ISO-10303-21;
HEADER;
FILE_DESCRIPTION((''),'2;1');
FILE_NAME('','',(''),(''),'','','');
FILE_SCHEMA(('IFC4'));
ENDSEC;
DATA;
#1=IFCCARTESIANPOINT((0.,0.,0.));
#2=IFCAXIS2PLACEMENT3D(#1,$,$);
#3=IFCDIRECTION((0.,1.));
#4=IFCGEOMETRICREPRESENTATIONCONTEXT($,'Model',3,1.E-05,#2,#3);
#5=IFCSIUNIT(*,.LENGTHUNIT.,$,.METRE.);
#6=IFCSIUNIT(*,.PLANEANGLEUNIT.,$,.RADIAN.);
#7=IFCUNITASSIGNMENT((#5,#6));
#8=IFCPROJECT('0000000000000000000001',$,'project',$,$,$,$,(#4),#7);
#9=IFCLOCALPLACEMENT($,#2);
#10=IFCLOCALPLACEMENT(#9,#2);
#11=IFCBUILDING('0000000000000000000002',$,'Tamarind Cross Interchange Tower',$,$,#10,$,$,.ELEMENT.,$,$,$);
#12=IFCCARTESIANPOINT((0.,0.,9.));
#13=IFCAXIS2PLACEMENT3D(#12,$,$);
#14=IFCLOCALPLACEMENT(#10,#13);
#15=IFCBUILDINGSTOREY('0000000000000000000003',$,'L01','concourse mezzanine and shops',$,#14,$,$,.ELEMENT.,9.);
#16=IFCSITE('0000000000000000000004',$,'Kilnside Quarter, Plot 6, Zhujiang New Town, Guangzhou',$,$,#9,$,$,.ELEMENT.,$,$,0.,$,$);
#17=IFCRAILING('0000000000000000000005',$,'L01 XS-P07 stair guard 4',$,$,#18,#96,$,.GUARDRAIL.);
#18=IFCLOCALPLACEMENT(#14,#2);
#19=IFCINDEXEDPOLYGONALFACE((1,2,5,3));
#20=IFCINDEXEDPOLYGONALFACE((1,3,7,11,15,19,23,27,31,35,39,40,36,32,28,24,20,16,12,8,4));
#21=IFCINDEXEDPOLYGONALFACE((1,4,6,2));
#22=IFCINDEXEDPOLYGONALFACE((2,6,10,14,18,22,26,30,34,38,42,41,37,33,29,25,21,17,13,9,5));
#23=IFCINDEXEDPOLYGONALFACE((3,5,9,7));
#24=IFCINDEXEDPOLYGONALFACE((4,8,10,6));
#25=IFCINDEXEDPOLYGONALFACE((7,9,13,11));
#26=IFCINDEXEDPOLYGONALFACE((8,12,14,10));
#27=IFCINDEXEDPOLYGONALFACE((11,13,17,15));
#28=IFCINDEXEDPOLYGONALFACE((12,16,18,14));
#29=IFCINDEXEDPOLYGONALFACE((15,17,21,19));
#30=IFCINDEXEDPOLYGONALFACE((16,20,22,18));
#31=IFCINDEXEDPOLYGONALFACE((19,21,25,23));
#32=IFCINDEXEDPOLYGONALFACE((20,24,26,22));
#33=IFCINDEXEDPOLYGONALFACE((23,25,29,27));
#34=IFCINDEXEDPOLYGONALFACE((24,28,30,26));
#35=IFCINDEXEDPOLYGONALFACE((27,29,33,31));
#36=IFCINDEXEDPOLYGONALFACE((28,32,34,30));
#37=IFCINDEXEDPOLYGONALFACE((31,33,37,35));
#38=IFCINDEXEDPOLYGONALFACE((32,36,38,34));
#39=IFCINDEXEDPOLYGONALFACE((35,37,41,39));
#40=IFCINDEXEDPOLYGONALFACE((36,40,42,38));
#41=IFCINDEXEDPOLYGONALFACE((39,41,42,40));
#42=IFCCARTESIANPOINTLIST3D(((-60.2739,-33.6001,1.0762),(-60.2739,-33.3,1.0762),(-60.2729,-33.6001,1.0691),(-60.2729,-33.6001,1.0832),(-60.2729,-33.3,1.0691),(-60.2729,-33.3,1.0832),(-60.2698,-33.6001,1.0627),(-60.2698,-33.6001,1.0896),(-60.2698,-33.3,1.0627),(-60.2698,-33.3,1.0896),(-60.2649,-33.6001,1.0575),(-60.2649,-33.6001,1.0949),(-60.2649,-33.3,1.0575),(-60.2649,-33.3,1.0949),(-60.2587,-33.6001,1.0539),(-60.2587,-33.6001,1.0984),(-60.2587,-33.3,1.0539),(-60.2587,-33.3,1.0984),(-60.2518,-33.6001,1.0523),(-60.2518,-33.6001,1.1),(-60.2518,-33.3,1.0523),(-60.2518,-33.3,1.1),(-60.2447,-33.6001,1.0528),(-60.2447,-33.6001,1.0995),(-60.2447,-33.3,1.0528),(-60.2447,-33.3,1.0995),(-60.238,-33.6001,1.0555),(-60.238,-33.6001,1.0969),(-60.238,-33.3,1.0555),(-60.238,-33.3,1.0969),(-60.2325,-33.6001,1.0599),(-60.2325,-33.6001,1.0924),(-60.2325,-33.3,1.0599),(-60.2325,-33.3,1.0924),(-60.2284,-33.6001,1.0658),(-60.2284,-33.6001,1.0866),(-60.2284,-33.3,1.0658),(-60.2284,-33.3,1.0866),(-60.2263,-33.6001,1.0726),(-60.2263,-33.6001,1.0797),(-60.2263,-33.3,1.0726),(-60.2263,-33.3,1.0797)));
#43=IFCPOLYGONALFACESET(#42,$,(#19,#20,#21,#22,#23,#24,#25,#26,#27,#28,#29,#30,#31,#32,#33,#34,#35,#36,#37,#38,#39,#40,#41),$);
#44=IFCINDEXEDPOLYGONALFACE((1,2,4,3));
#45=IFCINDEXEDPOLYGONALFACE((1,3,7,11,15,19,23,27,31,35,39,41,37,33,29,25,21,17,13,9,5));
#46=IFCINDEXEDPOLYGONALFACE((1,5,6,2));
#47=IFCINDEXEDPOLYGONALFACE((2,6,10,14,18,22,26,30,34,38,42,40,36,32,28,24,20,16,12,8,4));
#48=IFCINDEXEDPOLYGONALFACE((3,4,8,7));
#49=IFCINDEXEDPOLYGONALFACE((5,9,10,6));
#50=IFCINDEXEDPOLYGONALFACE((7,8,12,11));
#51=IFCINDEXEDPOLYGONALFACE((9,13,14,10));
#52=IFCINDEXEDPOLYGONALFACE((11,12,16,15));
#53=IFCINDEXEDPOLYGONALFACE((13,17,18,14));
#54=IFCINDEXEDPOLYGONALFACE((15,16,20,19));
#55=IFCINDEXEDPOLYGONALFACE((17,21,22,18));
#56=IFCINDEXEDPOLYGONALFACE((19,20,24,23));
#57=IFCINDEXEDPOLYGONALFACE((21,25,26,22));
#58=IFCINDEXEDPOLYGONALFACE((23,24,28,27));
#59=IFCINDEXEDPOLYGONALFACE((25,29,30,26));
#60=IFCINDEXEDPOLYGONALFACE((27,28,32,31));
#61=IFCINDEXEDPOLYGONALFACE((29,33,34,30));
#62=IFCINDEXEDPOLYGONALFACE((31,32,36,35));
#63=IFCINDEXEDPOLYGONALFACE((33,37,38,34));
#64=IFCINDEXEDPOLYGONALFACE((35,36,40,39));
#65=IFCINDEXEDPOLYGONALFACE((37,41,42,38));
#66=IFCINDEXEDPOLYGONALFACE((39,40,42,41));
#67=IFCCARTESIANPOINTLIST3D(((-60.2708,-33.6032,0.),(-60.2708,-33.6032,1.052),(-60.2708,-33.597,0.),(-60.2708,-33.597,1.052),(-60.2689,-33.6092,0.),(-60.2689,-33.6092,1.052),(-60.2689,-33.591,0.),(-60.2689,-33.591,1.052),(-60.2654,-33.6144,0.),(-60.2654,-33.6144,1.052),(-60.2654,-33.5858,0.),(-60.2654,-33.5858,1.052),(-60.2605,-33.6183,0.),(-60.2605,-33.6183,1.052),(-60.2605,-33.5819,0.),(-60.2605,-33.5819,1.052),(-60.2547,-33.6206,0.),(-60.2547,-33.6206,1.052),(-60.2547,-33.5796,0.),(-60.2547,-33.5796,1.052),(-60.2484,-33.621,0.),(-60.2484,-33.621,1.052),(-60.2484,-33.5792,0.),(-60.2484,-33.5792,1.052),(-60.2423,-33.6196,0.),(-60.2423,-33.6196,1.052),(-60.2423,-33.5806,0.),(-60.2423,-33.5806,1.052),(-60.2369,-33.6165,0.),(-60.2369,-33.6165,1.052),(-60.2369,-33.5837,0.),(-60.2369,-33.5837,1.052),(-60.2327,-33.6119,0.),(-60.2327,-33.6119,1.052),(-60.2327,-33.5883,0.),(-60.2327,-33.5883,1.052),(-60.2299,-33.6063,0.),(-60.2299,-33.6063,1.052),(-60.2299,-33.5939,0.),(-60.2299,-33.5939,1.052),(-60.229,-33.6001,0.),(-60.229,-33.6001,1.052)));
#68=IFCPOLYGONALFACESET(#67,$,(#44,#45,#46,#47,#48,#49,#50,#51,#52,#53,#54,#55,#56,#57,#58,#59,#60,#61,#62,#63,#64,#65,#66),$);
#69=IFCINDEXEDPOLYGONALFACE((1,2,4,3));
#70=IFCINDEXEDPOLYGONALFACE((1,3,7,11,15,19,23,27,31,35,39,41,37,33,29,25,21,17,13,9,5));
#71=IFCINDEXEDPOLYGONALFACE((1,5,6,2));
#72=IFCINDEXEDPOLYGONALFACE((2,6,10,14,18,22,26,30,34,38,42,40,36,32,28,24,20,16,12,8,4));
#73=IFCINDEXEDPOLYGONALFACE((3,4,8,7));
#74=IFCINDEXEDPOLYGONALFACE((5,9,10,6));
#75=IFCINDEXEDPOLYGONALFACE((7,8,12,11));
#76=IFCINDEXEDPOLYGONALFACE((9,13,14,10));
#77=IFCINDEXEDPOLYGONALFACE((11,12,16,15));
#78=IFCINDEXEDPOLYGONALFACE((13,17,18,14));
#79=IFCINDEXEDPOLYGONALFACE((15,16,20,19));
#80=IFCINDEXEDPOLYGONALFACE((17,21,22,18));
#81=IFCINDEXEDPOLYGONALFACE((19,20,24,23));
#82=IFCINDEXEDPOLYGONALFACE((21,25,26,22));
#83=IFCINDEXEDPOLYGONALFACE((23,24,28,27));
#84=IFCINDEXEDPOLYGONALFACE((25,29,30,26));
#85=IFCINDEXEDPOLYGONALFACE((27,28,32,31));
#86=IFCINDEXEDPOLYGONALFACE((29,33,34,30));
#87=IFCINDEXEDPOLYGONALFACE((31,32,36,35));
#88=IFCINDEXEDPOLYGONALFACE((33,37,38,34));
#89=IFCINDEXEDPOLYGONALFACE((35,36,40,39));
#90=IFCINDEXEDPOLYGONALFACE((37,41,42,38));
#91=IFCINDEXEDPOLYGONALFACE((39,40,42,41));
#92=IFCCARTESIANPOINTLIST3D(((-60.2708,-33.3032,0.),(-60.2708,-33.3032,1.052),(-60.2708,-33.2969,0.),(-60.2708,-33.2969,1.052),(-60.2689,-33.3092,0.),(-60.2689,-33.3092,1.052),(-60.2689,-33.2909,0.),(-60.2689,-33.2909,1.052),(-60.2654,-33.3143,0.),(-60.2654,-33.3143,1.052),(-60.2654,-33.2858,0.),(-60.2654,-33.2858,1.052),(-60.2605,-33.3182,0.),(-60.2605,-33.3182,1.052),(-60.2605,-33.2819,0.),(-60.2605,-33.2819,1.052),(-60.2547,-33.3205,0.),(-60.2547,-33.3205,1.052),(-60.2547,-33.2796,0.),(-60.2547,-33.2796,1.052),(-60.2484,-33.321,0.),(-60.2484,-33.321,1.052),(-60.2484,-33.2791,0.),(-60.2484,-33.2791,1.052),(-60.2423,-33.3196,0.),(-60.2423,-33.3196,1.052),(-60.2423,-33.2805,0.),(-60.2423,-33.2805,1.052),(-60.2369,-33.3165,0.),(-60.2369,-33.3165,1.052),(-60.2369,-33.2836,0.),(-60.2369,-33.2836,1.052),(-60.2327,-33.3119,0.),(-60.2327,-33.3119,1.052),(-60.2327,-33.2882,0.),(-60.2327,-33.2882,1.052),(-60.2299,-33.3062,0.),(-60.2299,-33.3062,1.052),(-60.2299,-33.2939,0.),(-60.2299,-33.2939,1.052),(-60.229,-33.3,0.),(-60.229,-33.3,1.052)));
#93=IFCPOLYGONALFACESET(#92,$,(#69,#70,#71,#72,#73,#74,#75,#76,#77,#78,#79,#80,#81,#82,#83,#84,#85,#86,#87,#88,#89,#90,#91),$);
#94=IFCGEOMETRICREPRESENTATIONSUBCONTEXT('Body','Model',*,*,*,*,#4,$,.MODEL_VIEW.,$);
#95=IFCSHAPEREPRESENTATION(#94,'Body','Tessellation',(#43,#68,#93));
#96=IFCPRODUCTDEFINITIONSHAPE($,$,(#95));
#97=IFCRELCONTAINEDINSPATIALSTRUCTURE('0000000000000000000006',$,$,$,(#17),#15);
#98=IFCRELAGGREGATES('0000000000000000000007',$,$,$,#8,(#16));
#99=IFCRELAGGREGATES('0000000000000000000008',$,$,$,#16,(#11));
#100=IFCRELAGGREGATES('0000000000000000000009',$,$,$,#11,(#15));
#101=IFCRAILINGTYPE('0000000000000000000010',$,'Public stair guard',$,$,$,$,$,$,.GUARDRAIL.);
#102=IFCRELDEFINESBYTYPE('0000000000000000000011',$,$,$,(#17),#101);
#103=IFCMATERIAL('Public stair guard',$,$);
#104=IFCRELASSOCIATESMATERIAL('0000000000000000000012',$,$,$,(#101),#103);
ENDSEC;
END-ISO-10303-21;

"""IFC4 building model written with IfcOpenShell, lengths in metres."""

from ifc_helpers import new_model, si_unit, direction, frame, origin, origin_2d, place, context, subcontext, project, spatial, circle, extrude, material, type_object, element, save


model = new_model("IFC4")

# Units and contexts
model_context = context("Model", 3, precision=1e-05, world=origin(), true_north=direction((0.0, 1.0)))
body_context = subcontext(model_context, "Body", "Model", "MODEL_VIEW")
ifc_project = project(units=[si_unit("LENGTHUNIT", "METRE"), si_unit("PLANEANGLEUNIT", "RADIAN")], contexts=[model_context])

# Site, building, storey
site_placement = place(None, origin())
site = spatial("IfcSite", under=ifc_project, at=site_placement, Name="Kilnside Quarter, Plot 6, Zhujiang New Town, Guangzhou", CompositionType="ELEMENT", RefElevation=0.0)
building_placement = place(site_placement, origin())
building = spatial("IfcBuilding", under=site, at=building_placement, Name="Tamarind Cross Interchange Tower", CompositionType="ELEMENT")
storey_placement = place(building_placement, frame((0.0, 0.0, 9.0)))
storey = spatial("IfcBuildingStorey", under=building, at=storey_placement, Name="L01", Description="concourse mezzanine and shops", CompositionType="ELEMENT", Elevation=9.0)

# Railing
ifc_material_1 = material(Name="Public stair guard")
railing_type_1 = type_object("IfcRailingType", Name="Public stair guard", PredefinedType="GUARDRAIL", material=ifc_material_1)
railing_1_placement = place(storey_placement, frame((-60.25, -33.6001, 0.0)))
element("IfcRailing", 1, at=railing_1_placement, inside=storey, type_object=railing_type_1, Name="L01 XS-P07 stair guard 4", PredefinedType="GUARDRAIL", context=body_context, shape_type="SweptSolid", body=[
    extrude(circle(Radius=0.0239, at=origin_2d()), frame((0.0, 0.0, 1.0762), z_axis=(0.0, 1.0, 0.0), x_axis=(-1.0, 0.0, 0.0)), (0.0, 0.0, 1.0), 0.3),
    extrude(circle(Radius=0.021, at=origin_2d()), origin(), (0.0, 0.0, 1.0), 1.052),
    extrude(circle(Radius=0.021, at=origin_2d()), frame((0.0, 0.3, 0.0)), (0.0, 0.0, 1.0), 1.052),
])

save(model, "model.ifc")
